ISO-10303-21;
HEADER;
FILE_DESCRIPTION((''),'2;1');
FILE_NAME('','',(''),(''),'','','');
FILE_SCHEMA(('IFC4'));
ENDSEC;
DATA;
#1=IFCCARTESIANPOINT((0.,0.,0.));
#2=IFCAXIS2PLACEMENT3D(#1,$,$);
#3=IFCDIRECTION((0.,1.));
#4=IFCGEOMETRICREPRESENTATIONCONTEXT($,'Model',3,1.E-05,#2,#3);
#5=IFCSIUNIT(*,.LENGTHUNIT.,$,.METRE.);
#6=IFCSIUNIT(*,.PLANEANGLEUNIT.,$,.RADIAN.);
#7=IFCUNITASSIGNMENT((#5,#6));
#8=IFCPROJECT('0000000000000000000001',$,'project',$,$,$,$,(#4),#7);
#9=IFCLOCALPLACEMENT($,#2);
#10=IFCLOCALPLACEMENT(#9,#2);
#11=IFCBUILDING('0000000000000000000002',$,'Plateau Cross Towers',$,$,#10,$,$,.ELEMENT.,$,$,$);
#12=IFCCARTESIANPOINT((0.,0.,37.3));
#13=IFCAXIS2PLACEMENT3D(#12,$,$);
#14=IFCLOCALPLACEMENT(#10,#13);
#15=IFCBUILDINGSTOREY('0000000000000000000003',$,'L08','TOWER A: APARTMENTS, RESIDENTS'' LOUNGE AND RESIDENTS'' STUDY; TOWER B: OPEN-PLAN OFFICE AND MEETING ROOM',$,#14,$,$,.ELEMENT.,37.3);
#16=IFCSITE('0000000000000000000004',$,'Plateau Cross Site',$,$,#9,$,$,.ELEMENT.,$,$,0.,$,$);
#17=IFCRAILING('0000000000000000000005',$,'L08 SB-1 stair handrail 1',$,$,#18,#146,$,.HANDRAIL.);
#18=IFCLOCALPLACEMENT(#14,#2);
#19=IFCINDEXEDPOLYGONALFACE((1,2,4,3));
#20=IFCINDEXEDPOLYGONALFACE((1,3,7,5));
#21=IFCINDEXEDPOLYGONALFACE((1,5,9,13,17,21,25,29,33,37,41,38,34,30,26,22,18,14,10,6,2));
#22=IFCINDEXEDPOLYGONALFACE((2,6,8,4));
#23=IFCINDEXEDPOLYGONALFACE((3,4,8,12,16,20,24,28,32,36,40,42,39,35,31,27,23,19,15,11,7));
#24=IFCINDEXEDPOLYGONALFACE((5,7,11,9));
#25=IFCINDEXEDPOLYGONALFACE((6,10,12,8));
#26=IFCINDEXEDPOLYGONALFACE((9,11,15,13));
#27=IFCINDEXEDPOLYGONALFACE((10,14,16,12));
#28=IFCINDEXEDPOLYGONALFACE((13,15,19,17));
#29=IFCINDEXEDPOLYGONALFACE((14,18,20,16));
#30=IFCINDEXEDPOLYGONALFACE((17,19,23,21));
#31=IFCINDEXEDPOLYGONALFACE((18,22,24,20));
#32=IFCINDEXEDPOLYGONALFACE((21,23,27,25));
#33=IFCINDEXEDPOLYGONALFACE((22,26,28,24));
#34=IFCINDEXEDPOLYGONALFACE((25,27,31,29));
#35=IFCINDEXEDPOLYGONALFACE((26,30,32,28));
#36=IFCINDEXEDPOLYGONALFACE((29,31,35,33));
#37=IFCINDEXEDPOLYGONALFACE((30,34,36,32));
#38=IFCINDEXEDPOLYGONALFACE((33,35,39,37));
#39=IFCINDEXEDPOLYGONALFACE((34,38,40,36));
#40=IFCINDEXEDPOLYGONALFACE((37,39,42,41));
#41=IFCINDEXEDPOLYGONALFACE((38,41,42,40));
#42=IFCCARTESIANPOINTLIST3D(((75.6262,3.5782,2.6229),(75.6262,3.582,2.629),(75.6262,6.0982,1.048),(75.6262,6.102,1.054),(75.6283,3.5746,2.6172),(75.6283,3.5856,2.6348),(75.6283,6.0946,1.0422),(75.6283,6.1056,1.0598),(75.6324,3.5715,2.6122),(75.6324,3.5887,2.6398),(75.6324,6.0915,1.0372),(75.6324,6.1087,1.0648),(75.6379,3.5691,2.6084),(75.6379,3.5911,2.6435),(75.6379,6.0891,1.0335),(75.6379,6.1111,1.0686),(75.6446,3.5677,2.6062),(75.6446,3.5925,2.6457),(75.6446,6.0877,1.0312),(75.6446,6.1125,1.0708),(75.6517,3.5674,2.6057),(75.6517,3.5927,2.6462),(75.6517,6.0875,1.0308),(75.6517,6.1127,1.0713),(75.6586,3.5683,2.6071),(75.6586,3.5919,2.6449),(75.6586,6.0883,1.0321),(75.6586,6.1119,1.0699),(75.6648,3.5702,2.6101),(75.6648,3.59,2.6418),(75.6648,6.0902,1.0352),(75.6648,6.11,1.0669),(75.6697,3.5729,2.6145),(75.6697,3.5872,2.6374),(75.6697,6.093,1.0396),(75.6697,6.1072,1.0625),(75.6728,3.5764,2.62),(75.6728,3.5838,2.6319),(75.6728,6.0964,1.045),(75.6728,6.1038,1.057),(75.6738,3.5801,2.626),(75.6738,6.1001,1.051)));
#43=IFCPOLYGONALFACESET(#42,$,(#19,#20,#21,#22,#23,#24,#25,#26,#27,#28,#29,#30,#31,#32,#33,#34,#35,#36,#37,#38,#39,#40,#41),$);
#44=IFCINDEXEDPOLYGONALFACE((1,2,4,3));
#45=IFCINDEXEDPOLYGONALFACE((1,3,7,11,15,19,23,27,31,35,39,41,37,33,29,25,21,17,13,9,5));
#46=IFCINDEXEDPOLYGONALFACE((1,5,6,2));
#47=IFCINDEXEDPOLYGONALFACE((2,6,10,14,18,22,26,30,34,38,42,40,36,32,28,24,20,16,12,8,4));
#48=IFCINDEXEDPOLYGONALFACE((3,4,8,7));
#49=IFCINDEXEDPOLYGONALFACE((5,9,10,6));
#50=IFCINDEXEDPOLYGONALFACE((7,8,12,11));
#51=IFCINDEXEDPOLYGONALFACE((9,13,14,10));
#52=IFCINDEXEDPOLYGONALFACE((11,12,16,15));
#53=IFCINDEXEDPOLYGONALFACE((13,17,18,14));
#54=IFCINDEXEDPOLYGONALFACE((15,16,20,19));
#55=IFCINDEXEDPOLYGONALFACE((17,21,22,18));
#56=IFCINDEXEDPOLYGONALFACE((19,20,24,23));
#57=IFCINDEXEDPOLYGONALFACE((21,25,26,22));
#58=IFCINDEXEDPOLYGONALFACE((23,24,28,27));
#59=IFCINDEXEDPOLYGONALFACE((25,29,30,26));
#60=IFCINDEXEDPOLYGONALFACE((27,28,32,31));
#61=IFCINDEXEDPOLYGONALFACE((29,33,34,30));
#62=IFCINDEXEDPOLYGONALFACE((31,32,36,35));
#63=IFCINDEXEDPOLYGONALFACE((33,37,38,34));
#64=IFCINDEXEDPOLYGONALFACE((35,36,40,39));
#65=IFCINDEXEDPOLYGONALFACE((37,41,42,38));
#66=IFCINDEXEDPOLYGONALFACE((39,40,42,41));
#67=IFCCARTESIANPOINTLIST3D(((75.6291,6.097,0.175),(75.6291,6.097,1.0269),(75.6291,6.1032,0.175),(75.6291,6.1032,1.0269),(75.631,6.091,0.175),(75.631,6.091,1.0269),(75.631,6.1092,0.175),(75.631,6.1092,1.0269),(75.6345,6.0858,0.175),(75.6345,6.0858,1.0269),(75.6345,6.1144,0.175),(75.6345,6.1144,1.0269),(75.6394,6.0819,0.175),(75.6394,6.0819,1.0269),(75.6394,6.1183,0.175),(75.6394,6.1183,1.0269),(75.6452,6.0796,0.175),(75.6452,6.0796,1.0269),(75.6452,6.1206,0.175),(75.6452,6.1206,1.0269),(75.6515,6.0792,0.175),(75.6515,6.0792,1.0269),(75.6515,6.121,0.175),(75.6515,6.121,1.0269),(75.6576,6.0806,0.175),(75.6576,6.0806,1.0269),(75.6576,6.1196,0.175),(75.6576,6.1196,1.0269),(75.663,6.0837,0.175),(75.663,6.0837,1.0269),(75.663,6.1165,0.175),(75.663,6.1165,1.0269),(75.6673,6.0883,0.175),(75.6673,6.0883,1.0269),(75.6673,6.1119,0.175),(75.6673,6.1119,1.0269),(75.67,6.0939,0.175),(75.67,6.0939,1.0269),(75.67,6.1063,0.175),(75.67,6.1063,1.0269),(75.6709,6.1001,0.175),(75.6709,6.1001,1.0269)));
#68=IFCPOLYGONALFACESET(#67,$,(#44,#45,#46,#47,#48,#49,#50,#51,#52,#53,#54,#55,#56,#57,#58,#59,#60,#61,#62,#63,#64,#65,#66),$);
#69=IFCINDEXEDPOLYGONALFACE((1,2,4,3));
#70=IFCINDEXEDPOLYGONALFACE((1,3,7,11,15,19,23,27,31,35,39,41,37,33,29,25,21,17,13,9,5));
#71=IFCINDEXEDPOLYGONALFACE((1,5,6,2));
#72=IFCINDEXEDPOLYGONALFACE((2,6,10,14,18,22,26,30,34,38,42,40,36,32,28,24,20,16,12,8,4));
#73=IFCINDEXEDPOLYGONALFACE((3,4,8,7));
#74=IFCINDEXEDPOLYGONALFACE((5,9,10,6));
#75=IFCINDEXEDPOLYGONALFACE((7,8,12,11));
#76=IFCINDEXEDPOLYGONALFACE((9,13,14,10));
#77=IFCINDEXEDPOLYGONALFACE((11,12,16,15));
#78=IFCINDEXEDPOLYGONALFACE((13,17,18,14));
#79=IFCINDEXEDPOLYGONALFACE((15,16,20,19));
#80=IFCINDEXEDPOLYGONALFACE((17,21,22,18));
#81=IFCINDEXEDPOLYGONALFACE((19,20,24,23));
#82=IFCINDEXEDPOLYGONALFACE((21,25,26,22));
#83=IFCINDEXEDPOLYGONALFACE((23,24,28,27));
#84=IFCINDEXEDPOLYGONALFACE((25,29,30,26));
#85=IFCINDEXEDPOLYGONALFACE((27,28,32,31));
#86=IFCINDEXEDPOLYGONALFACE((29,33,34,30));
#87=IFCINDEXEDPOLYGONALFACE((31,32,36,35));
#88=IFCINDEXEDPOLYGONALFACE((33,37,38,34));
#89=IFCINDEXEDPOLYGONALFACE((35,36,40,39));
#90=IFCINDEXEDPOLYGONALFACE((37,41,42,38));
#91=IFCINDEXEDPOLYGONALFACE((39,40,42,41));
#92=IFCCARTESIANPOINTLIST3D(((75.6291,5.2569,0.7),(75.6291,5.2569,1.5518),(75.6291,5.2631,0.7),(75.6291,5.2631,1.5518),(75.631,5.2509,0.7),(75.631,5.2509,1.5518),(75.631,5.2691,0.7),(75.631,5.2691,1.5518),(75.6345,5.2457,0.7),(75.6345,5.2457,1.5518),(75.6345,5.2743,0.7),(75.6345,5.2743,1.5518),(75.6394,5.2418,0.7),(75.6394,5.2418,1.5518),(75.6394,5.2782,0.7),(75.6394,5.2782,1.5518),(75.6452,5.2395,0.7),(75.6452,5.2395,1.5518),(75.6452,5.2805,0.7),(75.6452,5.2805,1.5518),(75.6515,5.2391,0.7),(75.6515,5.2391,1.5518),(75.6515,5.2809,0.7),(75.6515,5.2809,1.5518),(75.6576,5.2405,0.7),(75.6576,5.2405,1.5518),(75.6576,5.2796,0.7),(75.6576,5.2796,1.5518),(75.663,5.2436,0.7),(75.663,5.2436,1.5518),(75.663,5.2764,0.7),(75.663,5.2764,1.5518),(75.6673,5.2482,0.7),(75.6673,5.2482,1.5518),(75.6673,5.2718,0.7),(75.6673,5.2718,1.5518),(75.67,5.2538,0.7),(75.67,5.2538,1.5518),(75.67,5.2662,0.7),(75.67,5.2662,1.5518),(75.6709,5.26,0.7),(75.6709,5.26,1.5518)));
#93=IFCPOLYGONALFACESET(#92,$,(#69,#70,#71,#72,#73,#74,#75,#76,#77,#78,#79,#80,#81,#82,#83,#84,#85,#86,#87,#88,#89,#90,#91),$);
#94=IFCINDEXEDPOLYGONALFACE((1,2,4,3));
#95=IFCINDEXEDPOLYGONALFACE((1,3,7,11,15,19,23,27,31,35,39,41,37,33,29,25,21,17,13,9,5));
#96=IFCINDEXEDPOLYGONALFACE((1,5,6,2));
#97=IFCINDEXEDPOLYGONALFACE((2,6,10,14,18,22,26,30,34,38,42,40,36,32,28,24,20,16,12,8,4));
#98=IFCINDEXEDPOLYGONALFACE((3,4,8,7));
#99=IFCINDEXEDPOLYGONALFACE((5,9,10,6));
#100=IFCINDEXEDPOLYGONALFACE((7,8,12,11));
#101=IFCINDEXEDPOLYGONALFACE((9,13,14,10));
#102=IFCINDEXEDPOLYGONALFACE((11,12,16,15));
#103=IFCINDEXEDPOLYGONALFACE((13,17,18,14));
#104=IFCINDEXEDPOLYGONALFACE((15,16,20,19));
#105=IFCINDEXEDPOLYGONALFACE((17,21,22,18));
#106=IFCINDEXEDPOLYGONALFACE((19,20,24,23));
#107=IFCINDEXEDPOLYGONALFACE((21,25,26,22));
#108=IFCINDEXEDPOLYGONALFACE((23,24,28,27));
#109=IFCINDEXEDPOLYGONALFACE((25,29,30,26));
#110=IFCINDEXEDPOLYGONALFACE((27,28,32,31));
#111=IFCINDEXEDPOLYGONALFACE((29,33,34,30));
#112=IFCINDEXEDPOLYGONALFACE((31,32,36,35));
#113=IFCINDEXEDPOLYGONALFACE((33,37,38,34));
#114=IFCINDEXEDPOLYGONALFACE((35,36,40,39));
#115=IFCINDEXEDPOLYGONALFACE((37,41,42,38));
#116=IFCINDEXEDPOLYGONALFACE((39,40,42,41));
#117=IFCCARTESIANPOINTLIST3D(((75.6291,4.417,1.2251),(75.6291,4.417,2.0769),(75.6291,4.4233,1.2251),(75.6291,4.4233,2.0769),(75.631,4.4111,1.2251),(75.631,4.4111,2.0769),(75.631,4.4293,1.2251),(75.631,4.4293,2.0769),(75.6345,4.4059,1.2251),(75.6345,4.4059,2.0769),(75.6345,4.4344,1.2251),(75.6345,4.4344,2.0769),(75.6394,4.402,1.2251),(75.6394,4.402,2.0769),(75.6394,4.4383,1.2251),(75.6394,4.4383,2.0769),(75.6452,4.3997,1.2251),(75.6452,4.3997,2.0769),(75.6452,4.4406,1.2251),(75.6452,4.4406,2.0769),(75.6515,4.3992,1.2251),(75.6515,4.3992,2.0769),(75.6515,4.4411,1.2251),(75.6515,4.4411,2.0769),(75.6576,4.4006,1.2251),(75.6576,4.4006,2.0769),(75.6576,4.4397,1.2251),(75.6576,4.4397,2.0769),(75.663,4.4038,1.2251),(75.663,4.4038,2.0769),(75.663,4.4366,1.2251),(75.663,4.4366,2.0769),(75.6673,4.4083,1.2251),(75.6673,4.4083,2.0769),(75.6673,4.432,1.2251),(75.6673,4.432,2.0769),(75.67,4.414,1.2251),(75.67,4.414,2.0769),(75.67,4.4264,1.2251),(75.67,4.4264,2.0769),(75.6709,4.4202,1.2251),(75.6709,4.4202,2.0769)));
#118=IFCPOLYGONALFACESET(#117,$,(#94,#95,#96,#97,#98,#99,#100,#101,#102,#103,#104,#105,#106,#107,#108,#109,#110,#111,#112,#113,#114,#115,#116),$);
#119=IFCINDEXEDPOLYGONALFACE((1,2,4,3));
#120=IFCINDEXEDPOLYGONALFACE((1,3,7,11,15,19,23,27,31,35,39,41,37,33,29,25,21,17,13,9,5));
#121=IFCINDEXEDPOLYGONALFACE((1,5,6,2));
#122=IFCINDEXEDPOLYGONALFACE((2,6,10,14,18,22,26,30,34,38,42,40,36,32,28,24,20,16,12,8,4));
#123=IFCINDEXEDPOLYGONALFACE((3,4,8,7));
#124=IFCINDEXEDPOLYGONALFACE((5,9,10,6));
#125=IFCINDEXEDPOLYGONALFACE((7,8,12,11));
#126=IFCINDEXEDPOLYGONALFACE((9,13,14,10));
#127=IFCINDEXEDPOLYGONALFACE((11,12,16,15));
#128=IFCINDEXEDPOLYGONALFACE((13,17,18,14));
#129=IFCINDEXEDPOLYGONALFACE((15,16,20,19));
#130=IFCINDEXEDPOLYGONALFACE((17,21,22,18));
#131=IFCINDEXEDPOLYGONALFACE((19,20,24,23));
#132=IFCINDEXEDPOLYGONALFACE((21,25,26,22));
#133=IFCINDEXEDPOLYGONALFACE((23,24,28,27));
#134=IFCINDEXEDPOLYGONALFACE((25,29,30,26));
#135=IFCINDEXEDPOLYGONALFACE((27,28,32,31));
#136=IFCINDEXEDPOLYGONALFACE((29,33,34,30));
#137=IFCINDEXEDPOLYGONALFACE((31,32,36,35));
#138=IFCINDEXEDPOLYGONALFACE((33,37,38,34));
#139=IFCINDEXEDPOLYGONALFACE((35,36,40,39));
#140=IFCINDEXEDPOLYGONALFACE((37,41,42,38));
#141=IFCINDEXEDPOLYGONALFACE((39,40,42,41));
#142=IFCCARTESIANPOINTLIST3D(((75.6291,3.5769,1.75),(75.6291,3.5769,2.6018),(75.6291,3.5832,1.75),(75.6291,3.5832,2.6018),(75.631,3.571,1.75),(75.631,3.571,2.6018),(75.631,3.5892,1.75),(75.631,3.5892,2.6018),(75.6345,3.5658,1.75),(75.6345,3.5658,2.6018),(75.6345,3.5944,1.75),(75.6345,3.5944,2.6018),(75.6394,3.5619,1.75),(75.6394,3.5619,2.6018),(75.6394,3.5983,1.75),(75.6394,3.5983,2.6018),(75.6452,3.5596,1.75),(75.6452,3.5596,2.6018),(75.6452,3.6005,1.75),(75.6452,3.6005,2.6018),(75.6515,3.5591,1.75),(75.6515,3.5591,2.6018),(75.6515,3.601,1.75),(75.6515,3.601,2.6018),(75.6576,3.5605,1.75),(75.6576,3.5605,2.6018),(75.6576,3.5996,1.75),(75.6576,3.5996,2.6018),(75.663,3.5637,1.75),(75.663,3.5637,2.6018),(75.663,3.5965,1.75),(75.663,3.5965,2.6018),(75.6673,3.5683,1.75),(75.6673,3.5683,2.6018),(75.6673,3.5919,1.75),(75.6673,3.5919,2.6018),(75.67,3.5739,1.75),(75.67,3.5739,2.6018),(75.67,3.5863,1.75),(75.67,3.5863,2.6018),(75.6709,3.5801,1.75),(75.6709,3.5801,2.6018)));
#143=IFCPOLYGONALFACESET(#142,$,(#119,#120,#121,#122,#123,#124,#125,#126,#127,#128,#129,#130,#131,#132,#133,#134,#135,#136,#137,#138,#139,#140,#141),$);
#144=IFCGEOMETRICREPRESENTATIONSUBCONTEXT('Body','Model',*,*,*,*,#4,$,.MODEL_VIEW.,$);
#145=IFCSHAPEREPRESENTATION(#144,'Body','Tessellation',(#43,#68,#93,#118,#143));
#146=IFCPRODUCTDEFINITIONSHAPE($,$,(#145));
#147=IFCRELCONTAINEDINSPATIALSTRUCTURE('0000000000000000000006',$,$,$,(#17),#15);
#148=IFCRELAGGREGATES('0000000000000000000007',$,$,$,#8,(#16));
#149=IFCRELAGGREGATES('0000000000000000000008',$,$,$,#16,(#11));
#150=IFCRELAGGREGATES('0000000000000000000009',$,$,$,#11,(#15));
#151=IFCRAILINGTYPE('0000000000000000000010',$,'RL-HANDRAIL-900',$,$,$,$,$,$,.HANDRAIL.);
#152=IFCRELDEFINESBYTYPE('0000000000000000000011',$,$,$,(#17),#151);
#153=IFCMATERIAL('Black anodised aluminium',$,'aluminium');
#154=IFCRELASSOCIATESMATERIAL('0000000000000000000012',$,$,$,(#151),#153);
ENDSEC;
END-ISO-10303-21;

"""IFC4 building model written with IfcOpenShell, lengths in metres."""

from ifc_helpers import new_model, si_unit, direction, frame, origin, origin_2d, place, context, subcontext, project, spatial, circle, extrude, material, type_object, element, save


model = new_model("IFC4")

# Units and contexts
model_context = context("Model", 3, precision=1e-05, world=origin(), true_north=direction((0.0, 1.0)))
body_context = subcontext(model_context, "Body", "Model", "MODEL_VIEW")
ifc_project = project(units=[si_unit("LENGTHUNIT", "METRE"), si_unit("PLANEANGLEUNIT", "RADIAN")], contexts=[model_context])

# Site, building, storey
site_placement = place(None, origin())
site = spatial("IfcSite", under=ifc_project, at=site_placement, Name="Plateau Cross Site", CompositionType="ELEMENT", RefElevation=0.0)
building_placement = place(site_placement, origin())
building = spatial("IfcBuilding", under=site, at=building_placement, Name="Plateau Cross Towers", CompositionType="ELEMENT")
storey_placement = place(building_placement, frame((0.0, 0.0, 37.3)))
storey = spatial("IfcBuildingStorey", under=building, at=storey_placement, Name="L08", Description="TOWER A: APARTMENTS, RESIDENTS' LOUNGE AND RESIDENTS' STUDY; TOWER B: OPEN-PLAN OFFICE AND MEETING ROOM", CompositionType="ELEMENT", Elevation=37.3)

# Shared definitions
ifc_material_1 = material(Name="Black anodised aluminium", Category="aluminium")

# Railing
railing_type_1 = type_object("IfcRailingType", Name="RL-HANDRAIL-900", PredefinedType="HANDRAIL", material=ifc_material_1)
railing_1_placement = place(storey_placement, frame((75.6499, 6.1001, 0.175)))
element("IfcRailing", 1, at=railing_1_placement, inside=storey, type_object=railing_type_1, Name="L08 SB-1 stair handrail 1", PredefinedType="HANDRAIL", context=body_context, shape_type="SweptSolid", body=[
    extrude(circle(Radius=0.0239, at=origin_2d()), frame((0.0, 0.0, 0.876), z_axis=(0.0, -0.848008, 0.529984), x_axis=(1.0, 0.0, 0.0)), (0.0, 0.0, 1.0), 2.9717),
    extrude(circle(Radius=0.021, at=origin_2d()), origin(), (0.0, 0.0, 1.0), 0.8518),
    extrude(circle(Radius=0.021, at=origin_2d()), frame((0.0, -0.8401, 0.5249)), (0.0, 0.0, 1.0), 0.8518),
    extrude(circle(Radius=0.021, at=origin_2d()), frame((0.0, -1.6799, 1.05)), (0.0, 0.0, 1.0), 0.8518),
    extrude(circle(Radius=0.021, at=origin_2d()), frame((0.0, -2.52, 1.575)), (0.0, 0.0, 1.0), 0.8518),
])

save(model, "model.ifc")
